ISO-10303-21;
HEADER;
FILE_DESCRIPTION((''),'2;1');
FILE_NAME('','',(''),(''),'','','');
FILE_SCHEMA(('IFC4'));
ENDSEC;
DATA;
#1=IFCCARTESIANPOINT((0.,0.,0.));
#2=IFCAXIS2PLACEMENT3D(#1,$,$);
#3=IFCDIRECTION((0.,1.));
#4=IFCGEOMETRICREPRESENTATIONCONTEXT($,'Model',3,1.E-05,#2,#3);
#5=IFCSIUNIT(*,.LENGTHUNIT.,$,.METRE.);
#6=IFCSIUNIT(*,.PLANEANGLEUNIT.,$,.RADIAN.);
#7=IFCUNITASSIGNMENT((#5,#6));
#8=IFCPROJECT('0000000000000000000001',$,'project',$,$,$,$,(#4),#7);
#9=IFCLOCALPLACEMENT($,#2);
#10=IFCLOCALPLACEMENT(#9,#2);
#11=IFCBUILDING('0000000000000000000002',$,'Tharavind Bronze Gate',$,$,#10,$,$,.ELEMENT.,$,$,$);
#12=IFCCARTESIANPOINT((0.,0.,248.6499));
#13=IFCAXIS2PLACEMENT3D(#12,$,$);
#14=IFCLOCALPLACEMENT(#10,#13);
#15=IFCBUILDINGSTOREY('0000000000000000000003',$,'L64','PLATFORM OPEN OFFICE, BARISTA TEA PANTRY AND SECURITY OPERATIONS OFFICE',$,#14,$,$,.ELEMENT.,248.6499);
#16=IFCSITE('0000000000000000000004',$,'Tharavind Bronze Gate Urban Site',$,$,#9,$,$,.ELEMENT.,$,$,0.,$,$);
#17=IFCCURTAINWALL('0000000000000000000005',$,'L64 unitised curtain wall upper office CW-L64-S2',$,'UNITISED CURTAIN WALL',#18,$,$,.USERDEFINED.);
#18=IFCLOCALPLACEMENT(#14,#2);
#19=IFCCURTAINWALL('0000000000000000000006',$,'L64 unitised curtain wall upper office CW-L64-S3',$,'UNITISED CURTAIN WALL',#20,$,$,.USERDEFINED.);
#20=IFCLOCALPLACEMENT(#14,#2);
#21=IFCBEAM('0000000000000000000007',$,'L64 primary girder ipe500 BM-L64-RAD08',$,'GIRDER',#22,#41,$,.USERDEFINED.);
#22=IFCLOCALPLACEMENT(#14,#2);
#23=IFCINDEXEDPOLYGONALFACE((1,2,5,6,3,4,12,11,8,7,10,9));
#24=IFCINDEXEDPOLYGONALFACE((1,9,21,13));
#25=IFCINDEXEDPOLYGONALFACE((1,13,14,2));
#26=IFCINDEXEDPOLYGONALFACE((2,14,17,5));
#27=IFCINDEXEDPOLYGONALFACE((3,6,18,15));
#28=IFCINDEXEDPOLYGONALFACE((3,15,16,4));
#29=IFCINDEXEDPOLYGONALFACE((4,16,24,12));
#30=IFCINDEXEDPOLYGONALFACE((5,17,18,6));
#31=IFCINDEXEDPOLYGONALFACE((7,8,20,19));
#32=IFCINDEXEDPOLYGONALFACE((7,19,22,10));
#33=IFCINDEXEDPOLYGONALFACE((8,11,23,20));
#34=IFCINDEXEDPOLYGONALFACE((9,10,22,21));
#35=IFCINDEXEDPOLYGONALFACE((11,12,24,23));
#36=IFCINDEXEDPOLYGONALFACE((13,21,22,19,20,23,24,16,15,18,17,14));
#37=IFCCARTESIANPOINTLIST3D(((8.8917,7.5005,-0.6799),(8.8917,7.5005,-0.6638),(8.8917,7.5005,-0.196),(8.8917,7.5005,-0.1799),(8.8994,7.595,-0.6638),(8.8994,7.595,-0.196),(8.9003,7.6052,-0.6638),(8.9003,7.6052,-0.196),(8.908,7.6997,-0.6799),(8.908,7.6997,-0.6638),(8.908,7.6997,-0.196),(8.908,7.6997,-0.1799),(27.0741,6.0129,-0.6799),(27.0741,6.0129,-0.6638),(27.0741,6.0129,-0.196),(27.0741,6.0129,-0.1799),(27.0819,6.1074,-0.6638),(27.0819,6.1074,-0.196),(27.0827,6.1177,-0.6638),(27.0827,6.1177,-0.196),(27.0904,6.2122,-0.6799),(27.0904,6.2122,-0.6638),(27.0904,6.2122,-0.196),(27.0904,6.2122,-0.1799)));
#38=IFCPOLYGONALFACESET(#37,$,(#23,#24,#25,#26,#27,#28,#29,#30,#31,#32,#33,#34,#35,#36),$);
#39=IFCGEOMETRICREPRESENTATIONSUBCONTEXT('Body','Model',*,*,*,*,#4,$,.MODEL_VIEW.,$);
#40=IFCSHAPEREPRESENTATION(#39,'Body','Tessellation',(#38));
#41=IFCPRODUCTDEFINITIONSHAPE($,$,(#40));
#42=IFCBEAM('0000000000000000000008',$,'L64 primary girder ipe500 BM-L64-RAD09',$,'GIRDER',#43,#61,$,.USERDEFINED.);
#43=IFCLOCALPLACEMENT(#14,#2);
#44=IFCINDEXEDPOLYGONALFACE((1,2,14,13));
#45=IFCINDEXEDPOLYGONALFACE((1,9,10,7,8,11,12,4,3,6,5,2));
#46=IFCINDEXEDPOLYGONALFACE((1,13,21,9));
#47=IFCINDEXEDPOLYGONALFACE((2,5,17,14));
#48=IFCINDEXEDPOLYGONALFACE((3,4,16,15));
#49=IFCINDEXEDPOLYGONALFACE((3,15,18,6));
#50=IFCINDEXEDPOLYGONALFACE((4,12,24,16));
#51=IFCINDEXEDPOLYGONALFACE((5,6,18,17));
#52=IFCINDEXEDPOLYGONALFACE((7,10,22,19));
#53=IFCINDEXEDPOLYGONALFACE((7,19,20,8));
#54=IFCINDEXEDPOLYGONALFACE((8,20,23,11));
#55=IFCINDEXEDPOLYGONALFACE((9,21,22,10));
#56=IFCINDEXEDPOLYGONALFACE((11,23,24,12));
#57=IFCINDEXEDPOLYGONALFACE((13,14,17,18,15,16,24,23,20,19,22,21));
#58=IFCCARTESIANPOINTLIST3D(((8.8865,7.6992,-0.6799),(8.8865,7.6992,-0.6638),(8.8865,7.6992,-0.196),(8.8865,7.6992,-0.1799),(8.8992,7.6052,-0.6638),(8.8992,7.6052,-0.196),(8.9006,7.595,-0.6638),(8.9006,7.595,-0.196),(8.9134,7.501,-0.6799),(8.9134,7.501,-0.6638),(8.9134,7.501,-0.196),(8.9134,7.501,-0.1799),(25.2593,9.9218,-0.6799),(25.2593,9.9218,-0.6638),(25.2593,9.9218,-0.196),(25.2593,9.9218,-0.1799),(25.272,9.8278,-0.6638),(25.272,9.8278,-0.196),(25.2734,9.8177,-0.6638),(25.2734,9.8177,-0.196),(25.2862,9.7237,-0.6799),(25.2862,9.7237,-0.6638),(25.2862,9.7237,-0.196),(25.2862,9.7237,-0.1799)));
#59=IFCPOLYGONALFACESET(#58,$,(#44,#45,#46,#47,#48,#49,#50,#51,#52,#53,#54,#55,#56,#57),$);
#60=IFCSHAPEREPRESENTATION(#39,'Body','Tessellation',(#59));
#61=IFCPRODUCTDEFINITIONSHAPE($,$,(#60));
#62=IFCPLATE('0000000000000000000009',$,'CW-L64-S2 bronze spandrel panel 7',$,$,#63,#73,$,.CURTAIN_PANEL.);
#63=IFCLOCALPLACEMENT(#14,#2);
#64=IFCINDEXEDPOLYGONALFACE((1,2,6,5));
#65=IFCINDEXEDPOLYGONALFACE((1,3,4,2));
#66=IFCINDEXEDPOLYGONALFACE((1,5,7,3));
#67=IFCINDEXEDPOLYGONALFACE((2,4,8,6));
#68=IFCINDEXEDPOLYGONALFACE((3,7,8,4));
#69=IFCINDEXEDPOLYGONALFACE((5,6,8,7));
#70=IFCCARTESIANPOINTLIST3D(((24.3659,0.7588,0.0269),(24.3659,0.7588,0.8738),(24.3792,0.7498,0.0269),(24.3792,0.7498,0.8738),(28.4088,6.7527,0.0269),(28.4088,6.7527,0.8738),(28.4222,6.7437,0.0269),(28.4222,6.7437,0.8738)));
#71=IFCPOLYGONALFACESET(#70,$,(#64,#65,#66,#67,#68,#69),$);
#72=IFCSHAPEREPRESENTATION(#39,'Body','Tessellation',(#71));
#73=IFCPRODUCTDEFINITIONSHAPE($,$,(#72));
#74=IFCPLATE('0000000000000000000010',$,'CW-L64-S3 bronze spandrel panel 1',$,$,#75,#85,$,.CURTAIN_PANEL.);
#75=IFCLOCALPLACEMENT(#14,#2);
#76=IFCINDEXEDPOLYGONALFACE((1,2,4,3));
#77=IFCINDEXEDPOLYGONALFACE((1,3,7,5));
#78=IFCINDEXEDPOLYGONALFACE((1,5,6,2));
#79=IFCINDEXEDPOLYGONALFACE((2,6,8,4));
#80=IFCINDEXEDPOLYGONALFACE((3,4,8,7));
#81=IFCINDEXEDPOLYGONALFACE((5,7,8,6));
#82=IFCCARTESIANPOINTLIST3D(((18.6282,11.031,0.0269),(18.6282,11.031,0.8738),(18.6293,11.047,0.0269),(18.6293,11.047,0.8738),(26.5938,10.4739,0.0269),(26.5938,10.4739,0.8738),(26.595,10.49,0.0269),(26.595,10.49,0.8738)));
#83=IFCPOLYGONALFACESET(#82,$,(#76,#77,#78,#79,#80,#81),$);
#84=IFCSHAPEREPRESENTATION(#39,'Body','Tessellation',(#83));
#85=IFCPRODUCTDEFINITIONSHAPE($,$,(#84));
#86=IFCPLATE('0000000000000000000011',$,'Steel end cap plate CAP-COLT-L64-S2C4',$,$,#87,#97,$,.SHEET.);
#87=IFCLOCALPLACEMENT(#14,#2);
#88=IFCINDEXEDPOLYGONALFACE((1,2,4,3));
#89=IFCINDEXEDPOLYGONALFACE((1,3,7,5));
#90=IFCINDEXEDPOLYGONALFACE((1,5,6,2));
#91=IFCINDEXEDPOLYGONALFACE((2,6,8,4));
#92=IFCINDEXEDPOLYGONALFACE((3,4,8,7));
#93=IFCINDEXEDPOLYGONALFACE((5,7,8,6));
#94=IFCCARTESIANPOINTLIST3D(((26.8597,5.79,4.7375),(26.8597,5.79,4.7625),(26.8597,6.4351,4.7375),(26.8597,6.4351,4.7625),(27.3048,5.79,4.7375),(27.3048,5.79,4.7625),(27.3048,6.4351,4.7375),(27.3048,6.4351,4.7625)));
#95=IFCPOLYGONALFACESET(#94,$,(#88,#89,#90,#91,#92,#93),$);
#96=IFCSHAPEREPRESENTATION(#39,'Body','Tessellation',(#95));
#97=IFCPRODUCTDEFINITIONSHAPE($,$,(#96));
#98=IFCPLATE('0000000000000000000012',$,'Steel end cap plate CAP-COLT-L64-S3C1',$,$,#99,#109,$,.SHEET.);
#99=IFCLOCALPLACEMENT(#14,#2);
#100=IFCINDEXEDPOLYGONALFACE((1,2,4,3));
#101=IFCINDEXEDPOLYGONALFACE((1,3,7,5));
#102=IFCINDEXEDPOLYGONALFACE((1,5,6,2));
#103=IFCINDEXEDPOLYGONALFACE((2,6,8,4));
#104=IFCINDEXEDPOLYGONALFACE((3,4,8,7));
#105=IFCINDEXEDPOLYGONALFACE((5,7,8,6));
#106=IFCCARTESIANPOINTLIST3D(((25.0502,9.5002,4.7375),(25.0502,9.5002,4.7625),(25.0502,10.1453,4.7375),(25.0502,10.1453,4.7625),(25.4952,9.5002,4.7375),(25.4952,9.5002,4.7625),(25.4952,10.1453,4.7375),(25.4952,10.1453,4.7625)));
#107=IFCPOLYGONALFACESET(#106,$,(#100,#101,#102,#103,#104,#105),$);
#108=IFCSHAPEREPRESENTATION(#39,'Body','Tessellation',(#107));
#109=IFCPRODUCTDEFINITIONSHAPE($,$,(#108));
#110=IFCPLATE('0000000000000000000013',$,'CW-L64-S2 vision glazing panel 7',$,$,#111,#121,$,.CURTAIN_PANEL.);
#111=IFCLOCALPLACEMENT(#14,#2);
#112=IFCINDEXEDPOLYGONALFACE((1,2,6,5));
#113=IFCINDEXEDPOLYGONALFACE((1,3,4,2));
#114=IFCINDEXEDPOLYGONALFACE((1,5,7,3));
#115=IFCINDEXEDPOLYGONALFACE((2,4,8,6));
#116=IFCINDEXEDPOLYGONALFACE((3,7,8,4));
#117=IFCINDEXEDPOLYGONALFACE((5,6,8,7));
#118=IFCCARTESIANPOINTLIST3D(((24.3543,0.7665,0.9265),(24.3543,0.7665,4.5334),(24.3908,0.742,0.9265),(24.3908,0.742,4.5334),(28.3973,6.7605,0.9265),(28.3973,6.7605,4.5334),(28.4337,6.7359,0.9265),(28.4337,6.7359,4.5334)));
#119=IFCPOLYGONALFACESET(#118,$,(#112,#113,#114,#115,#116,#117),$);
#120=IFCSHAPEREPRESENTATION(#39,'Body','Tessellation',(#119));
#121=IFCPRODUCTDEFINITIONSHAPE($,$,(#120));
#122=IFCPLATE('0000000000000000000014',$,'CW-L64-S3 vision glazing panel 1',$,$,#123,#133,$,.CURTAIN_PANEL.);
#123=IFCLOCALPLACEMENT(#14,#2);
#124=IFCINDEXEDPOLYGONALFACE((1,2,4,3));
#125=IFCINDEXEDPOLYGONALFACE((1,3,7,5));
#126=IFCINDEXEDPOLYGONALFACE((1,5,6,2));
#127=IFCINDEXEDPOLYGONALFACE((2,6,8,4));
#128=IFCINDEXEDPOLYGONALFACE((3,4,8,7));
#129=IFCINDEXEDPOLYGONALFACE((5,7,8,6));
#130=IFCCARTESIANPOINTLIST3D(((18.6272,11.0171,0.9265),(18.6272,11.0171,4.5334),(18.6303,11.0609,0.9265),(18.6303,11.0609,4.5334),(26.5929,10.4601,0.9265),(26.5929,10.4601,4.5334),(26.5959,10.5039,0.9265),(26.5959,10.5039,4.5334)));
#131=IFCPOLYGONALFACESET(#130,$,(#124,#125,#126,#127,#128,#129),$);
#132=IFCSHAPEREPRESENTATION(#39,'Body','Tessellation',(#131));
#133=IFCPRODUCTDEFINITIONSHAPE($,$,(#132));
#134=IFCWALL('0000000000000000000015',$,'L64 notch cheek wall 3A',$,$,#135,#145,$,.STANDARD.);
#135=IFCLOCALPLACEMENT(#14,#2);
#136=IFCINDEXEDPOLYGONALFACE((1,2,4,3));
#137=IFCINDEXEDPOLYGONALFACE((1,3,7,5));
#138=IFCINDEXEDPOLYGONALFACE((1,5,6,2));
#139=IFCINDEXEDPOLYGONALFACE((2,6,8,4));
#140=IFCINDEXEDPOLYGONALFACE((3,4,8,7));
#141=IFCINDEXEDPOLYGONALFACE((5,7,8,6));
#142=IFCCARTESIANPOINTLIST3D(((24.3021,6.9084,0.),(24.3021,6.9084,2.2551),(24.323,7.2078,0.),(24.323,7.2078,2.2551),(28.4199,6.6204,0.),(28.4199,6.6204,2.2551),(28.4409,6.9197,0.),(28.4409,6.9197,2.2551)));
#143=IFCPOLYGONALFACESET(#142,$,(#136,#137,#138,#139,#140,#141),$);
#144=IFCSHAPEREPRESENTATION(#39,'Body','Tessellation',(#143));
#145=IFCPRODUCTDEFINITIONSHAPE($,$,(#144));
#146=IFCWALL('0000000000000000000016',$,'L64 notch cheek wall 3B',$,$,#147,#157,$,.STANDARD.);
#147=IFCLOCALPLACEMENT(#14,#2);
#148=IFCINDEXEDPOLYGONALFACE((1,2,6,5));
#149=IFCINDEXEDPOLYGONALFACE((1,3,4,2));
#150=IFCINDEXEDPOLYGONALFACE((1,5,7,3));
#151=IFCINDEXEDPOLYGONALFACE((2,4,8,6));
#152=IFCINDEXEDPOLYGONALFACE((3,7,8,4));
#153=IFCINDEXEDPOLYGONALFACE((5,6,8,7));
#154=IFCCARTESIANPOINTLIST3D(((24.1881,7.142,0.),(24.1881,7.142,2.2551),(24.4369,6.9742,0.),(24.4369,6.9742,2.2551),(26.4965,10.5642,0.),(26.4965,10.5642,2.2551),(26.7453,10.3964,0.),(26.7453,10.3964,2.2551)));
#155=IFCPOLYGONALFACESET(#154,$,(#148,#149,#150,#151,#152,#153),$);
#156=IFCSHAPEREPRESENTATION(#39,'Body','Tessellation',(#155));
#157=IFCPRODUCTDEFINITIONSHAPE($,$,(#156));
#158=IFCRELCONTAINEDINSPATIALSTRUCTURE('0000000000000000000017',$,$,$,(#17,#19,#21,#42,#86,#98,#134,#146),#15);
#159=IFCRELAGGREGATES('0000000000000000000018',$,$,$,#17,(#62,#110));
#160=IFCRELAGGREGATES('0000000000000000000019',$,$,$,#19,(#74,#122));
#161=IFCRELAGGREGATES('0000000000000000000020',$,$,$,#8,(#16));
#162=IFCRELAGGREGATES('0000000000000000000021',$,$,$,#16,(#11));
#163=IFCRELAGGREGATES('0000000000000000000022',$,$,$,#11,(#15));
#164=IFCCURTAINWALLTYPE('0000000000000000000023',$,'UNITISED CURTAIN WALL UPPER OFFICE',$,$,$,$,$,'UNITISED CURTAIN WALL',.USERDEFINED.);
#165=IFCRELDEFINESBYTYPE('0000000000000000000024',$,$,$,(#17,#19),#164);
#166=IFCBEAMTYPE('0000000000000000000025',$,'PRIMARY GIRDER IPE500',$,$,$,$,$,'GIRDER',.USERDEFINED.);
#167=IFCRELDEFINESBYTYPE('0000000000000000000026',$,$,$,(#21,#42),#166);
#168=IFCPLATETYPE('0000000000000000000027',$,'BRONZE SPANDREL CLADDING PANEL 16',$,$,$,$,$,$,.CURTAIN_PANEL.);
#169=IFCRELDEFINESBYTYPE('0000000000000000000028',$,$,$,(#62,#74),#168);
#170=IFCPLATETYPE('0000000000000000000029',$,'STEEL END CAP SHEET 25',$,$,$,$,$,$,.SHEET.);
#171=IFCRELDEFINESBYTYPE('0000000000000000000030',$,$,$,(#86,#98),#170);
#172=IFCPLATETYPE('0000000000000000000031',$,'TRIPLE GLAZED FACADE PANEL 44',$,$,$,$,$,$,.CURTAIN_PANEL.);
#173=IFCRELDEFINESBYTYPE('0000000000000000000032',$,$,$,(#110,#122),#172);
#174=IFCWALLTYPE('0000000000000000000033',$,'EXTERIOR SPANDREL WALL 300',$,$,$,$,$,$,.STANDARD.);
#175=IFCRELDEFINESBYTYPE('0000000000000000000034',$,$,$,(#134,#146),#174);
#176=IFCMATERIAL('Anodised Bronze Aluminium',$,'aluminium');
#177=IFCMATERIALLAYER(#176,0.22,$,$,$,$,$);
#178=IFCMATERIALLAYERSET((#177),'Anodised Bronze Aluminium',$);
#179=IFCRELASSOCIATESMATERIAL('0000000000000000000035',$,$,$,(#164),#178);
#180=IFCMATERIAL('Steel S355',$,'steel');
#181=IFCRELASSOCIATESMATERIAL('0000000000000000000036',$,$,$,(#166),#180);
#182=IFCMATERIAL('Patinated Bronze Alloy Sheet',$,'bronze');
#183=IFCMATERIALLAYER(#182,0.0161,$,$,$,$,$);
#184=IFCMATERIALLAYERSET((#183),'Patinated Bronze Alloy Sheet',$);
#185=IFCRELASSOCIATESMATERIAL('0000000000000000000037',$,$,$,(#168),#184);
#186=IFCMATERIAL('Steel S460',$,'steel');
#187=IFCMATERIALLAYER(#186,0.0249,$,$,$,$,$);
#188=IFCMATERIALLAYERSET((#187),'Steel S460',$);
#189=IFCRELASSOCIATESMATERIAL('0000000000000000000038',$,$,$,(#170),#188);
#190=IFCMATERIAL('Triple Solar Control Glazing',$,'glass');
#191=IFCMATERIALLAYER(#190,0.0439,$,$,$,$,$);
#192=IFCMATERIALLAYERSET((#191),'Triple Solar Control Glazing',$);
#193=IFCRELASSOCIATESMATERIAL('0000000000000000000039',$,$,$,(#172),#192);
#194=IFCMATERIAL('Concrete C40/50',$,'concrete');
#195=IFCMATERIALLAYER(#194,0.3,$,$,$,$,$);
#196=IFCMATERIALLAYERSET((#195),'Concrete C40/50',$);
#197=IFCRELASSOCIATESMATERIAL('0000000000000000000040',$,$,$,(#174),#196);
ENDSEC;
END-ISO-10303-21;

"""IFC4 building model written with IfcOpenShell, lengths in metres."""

from ifc_helpers import new_model, si_unit, direction, frame, frame_2d, origin, origin_2d, place, context, subcontext, project, spatial, rectangle, i_section, extrude, material, layer, layer_set, material_profile, profile_set, type_object, element, aggregate, save


model = new_model("IFC4")

# Units and contexts
model_context = context("Model", 3, precision=1e-05, world=origin(), true_north=direction((0.0, 1.0)))
body_context = subcontext(model_context, "Body", "Model", "MODEL_VIEW")
ifc_project = project(units=[si_unit("LENGTHUNIT", "METRE"), si_unit("PLANEANGLEUNIT", "RADIAN")], contexts=[model_context])

# Site, building, storey
site_placement = place(None, origin())
site = spatial("IfcSite", under=ifc_project, at=site_placement, Name="Tharavind Bronze Gate Urban Site", CompositionType="ELEMENT", RefElevation=0.0)
building_placement = place(site_placement, origin())
building = spatial("IfcBuilding", under=site, at=building_placement, Name="Tharavind Bronze Gate", CompositionType="ELEMENT")
storey_placement = place(building_placement, frame((0.0, 0.0, 248.6499)))
storey = spatial("IfcBuildingStorey", under=building, at=storey_placement, Name="L64", Description="PLATFORM OPEN OFFICE, BARISTA TEA PANTRY AND SECURITY OPERATIONS OFFICE", CompositionType="ELEMENT", Elevation=248.6499)

# Shared definitions
ifc_material_1 = material(Name="Steel S460", Category="steel")

# Curtain wall
ifc_material_2 = material(Name="Anodised Bronze Aluminium", Category="aluminium")
ifc_layer_1 = layer(ifc_material_2, 0.22)
ifc_layer_set_1 = layer_set([ifc_layer_1], Name="Anodised Bronze Aluminium")
curtain_wall_type = type_object("IfcCurtainWallType", Name="UNITISED CURTAIN WALL UPPER OFFICE", ElementType="UNITISED CURTAIN WALL", PredefinedType="USERDEFINED", material=ifc_layer_set_1)
curtain_wall_1_placement = place(storey_placement, origin())
curtain_wall_1 = element("IfcCurtainWall", 1, at=curtain_wall_1_placement, inside=storey, type_object=curtain_wall_type, Name="L64 unitised curtain wall upper office CW-L64-S2", ObjectType="UNITISED CURTAIN WALL", PredefinedType="USERDEFINED")

# Curtain wall
curtain_wall_2_placement = place(storey_placement, origin())
curtain_wall_2 = element("IfcCurtainWall", 2, at=curtain_wall_2_placement, inside=storey, type_object=curtain_wall_type, Name="L64 unitised curtain wall upper office CW-L64-S3", ObjectType="UNITISED CURTAIN WALL", PredefinedType="USERDEFINED")

# Beams
ifc_material_3 = material(Name="Steel S355", Category="steel")
ifc_material_profile_1 = material_profile(ifc_material_3, i_section(OverallWidth=0.2, OverallDepth=0.5, WebThickness=0.0103, FlangeThickness=0.0161, at=origin_2d()), Name="IPE500")
ifc_profile_set_1 = profile_set([ifc_material_profile_1], Name="Steel S355")
beam_type_1 = type_object("IfcBeamType", Name="PRIMARY GIRDER IPE500", ElementType="GIRDER", PredefinedType="USERDEFINED", material=ifc_profile_set_1)
beam_1_placement = place(storey_placement, frame((27.0823, 6.1125, -0.4299), z_axis=(-0.99667, 0.08154, 0.0), x_axis=(-0.08154, -0.99667, 0.0)))
element("IfcBeam", 3, at=beam_1_placement, inside=storey, type_object=beam_type_1, Name="L64 primary girder ipe500 BM-L64-RAD08", ObjectType="GIRDER", PredefinedType="USERDEFINED", context=body_context, shape_type="SweptSolid", body=[
    extrude(i_section(OverallWidth=0.2, OverallDepth=0.5, WebThickness=0.0103, FlangeThickness=0.0161, at=origin_2d()), origin(), (0.0, 0.0, 1.0), 18.2432),
])
beam_2_placement = place(storey_placement, frame((25.2727, 9.8228, -0.4299), z_axis=(-0.990911, -0.134519, 0.0), x_axis=(0.134519, -0.990911, 0.0)))
element("IfcBeam", 4, at=beam_2_placement, inside=storey, type_object=beam_type_1, Name="L64 primary girder ipe500 BM-L64-RAD09", ObjectType="GIRDER", PredefinedType="USERDEFINED", context=body_context, shape_type="SweptSolid", body=[
    extrude(i_section(OverallWidth=0.2, OverallDepth=0.5, WebThickness=0.0103, FlangeThickness=0.0161, at=origin_2d()), origin(), (0.0, 0.0, 1.0), 16.5229),
])

# Plates
ifc_material_4 = material(Name="Patinated Bronze Alloy Sheet", Category="bronze")
ifc_layer_2 = layer(ifc_material_4, 0.0161)
ifc_layer_set_2 = layer_set([ifc_layer_2], Name="Patinated Bronze Alloy Sheet")
plate_type_1 = type_object("IfcPlateType", Name="BRONZE SPANDREL CLADDING PANEL 16", PredefinedType="CURTAIN_PANEL", material=ifc_layer_set_2)
plate_1_placement = place(storey_placement, frame((26.394, 3.7512, 0.0269), z_axis=(0.0, 0.0, 1.0), x_axis=(0.559193, 0.829038, 0.0)))
plate_1 = element("IfcPlate", 5, at=plate_1_placement, type_object=plate_type_1, Name="CW-L64-S2 bronze spandrel panel 7", PredefinedType="CURTAIN_PANEL", context=body_context, shape_type="SweptSolid", body=[
    extrude(rectangle(XDim=7.23, YDim=0.0161, at=origin_2d()), origin(), (0.0, 0.0, 1.0), 0.8469),
])
plate_2_placement = place(storey_placement, frame((22.6116, 10.7605, 0.0269), z_axis=(0.0, 0.0, 1.0), x_axis=(-0.997564, 0.069758, 0.0)))
plate_2 = element("IfcPlate", 6, at=plate_2_placement, type_object=plate_type_1, Name="CW-L64-S3 bronze spandrel panel 1", PredefinedType="CURTAIN_PANEL", context=body_context, shape_type="SweptSolid", body=[
    extrude(rectangle(XDim=7.9851, YDim=0.0161, at=origin_2d()), origin(), (0.0, 0.0, 1.0), 0.8469),
])

# Plates
ifc_layer_3 = layer(ifc_material_1, 0.0249)
ifc_layer_set_3 = layer_set([ifc_layer_3], Name="Steel S460")
plate_type_2 = type_object("IfcPlateType", Name="STEEL END CAP SHEET 25", PredefinedType="SHEET", material=ifc_layer_set_3)
for number, where, z_axis, x_axis, name in (
    (7, (27.0823, 6.1125, 4.7375), (0.0, 0.0, 1.0), (1.0, 0.0, 0.0), "Steel end cap plate CAP-COLT-L64-S2C4"),
    (8, (25.2727, 9.8228, 4.7375), (0.0, 0.0, 1.0), (1.0, 0.0, 0.0), "Steel end cap plate CAP-COLT-L64-S3C1"),
):
    element("IfcPlate", number, at=place(storey_placement, frame(where, z_axis=z_axis, x_axis=x_axis)), inside=storey, type_object=plate_type_2, Name=name, PredefinedType="SHEET", context=body_context, shape_type="SweptSolid", body=[
        extrude(rectangle(XDim=0.4451, YDim=0.645, at=origin_2d()), origin(), (0.0, 0.0, 1.0), 0.0249),
    ])

# Plates
ifc_material_5 = material(Name="Triple Solar Control Glazing", Category="glass")
ifc_layer_4 = layer(ifc_material_5, 0.0439)
ifc_layer_set_4 = layer_set([ifc_layer_4], Name="Triple Solar Control Glazing")
plate_type_3 = type_object("IfcPlateType", Name="TRIPLE GLAZED FACADE PANEL 44", PredefinedType="CURTAIN_PANEL", material=ifc_layer_set_4)
plate_3_placement = place(storey_placement, frame((26.394, 3.7512, 0.9265), z_axis=(0.0, 0.0, 1.0), x_axis=(0.559193, 0.829038, 0.0)))
plate_3 = element("IfcPlate", 9, at=plate_3_placement, type_object=plate_type_3, Name="CW-L64-S2 vision glazing panel 7", PredefinedType="CURTAIN_PANEL", context=body_context, shape_type="SweptSolid", body=[
    extrude(rectangle(XDim=7.23, YDim=0.0439, at=origin_2d()), origin(), (0.0, 0.0, 1.0), 3.6069),
])
aggregate(curtain_wall_1, [plate_1, plate_3])
plate_4_placement = place(storey_placement, frame((22.6116, 10.7605, 0.9265), z_axis=(0.0, 0.0, 1.0), x_axis=(-0.997564, 0.069758, 0.0)))
plate_4 = element("IfcPlate", 10, at=plate_4_placement, type_object=plate_type_3, Name="CW-L64-S3 vision glazing panel 1", PredefinedType="CURTAIN_PANEL", context=body_context, shape_type="SweptSolid", body=[
    extrude(rectangle(XDim=7.9851, YDim=0.0439, at=origin_2d()), origin(), (0.0, 0.0, 1.0), 3.6069),
])
aggregate(curtain_wall_2, [plate_2, plate_4])

# Walls
ifc_material_6 = material(Name="Concrete C40/50", Category="concrete")
ifc_layer_5 = layer(ifc_material_6, 0.3)
ifc_layer_set_5 = layer_set([ifc_layer_5], Name="Concrete C40/50")
wall_type = type_object("IfcWallType", Name="EXTERIOR SPANDREL WALL 300", PredefinedType="STANDARD", material=ifc_layer_set_5)
for number, where, z_axis, x_axis, name in (
    (11, (28.4304, 6.77, 0.0), (0.0, 0.0, 1.0), (-0.997562, 0.069789, 0.0), "L64 notch cheek wall 3A"),
    (12, (24.3125, 7.0581, 0.0), (0.0, 0.0, 1.0), (0.55921, 0.829026, 0.0), "L64 notch cheek wall 3B"),
):
    element("IfcWall", number, at=place(storey_placement, frame(where, z_axis=z_axis, x_axis=x_axis)), inside=storey, type_object=wall_type, Name=name, PredefinedType="STANDARD", context=body_context, shape_type="SweptSolid", body=[
        extrude(rectangle(XDim=4.1279, YDim=0.3, at=frame_2d((2.064, 0.0))), origin(), (0.0, 0.0, 1.0), 2.2551),
    ])

save(model, "model.ifc")
